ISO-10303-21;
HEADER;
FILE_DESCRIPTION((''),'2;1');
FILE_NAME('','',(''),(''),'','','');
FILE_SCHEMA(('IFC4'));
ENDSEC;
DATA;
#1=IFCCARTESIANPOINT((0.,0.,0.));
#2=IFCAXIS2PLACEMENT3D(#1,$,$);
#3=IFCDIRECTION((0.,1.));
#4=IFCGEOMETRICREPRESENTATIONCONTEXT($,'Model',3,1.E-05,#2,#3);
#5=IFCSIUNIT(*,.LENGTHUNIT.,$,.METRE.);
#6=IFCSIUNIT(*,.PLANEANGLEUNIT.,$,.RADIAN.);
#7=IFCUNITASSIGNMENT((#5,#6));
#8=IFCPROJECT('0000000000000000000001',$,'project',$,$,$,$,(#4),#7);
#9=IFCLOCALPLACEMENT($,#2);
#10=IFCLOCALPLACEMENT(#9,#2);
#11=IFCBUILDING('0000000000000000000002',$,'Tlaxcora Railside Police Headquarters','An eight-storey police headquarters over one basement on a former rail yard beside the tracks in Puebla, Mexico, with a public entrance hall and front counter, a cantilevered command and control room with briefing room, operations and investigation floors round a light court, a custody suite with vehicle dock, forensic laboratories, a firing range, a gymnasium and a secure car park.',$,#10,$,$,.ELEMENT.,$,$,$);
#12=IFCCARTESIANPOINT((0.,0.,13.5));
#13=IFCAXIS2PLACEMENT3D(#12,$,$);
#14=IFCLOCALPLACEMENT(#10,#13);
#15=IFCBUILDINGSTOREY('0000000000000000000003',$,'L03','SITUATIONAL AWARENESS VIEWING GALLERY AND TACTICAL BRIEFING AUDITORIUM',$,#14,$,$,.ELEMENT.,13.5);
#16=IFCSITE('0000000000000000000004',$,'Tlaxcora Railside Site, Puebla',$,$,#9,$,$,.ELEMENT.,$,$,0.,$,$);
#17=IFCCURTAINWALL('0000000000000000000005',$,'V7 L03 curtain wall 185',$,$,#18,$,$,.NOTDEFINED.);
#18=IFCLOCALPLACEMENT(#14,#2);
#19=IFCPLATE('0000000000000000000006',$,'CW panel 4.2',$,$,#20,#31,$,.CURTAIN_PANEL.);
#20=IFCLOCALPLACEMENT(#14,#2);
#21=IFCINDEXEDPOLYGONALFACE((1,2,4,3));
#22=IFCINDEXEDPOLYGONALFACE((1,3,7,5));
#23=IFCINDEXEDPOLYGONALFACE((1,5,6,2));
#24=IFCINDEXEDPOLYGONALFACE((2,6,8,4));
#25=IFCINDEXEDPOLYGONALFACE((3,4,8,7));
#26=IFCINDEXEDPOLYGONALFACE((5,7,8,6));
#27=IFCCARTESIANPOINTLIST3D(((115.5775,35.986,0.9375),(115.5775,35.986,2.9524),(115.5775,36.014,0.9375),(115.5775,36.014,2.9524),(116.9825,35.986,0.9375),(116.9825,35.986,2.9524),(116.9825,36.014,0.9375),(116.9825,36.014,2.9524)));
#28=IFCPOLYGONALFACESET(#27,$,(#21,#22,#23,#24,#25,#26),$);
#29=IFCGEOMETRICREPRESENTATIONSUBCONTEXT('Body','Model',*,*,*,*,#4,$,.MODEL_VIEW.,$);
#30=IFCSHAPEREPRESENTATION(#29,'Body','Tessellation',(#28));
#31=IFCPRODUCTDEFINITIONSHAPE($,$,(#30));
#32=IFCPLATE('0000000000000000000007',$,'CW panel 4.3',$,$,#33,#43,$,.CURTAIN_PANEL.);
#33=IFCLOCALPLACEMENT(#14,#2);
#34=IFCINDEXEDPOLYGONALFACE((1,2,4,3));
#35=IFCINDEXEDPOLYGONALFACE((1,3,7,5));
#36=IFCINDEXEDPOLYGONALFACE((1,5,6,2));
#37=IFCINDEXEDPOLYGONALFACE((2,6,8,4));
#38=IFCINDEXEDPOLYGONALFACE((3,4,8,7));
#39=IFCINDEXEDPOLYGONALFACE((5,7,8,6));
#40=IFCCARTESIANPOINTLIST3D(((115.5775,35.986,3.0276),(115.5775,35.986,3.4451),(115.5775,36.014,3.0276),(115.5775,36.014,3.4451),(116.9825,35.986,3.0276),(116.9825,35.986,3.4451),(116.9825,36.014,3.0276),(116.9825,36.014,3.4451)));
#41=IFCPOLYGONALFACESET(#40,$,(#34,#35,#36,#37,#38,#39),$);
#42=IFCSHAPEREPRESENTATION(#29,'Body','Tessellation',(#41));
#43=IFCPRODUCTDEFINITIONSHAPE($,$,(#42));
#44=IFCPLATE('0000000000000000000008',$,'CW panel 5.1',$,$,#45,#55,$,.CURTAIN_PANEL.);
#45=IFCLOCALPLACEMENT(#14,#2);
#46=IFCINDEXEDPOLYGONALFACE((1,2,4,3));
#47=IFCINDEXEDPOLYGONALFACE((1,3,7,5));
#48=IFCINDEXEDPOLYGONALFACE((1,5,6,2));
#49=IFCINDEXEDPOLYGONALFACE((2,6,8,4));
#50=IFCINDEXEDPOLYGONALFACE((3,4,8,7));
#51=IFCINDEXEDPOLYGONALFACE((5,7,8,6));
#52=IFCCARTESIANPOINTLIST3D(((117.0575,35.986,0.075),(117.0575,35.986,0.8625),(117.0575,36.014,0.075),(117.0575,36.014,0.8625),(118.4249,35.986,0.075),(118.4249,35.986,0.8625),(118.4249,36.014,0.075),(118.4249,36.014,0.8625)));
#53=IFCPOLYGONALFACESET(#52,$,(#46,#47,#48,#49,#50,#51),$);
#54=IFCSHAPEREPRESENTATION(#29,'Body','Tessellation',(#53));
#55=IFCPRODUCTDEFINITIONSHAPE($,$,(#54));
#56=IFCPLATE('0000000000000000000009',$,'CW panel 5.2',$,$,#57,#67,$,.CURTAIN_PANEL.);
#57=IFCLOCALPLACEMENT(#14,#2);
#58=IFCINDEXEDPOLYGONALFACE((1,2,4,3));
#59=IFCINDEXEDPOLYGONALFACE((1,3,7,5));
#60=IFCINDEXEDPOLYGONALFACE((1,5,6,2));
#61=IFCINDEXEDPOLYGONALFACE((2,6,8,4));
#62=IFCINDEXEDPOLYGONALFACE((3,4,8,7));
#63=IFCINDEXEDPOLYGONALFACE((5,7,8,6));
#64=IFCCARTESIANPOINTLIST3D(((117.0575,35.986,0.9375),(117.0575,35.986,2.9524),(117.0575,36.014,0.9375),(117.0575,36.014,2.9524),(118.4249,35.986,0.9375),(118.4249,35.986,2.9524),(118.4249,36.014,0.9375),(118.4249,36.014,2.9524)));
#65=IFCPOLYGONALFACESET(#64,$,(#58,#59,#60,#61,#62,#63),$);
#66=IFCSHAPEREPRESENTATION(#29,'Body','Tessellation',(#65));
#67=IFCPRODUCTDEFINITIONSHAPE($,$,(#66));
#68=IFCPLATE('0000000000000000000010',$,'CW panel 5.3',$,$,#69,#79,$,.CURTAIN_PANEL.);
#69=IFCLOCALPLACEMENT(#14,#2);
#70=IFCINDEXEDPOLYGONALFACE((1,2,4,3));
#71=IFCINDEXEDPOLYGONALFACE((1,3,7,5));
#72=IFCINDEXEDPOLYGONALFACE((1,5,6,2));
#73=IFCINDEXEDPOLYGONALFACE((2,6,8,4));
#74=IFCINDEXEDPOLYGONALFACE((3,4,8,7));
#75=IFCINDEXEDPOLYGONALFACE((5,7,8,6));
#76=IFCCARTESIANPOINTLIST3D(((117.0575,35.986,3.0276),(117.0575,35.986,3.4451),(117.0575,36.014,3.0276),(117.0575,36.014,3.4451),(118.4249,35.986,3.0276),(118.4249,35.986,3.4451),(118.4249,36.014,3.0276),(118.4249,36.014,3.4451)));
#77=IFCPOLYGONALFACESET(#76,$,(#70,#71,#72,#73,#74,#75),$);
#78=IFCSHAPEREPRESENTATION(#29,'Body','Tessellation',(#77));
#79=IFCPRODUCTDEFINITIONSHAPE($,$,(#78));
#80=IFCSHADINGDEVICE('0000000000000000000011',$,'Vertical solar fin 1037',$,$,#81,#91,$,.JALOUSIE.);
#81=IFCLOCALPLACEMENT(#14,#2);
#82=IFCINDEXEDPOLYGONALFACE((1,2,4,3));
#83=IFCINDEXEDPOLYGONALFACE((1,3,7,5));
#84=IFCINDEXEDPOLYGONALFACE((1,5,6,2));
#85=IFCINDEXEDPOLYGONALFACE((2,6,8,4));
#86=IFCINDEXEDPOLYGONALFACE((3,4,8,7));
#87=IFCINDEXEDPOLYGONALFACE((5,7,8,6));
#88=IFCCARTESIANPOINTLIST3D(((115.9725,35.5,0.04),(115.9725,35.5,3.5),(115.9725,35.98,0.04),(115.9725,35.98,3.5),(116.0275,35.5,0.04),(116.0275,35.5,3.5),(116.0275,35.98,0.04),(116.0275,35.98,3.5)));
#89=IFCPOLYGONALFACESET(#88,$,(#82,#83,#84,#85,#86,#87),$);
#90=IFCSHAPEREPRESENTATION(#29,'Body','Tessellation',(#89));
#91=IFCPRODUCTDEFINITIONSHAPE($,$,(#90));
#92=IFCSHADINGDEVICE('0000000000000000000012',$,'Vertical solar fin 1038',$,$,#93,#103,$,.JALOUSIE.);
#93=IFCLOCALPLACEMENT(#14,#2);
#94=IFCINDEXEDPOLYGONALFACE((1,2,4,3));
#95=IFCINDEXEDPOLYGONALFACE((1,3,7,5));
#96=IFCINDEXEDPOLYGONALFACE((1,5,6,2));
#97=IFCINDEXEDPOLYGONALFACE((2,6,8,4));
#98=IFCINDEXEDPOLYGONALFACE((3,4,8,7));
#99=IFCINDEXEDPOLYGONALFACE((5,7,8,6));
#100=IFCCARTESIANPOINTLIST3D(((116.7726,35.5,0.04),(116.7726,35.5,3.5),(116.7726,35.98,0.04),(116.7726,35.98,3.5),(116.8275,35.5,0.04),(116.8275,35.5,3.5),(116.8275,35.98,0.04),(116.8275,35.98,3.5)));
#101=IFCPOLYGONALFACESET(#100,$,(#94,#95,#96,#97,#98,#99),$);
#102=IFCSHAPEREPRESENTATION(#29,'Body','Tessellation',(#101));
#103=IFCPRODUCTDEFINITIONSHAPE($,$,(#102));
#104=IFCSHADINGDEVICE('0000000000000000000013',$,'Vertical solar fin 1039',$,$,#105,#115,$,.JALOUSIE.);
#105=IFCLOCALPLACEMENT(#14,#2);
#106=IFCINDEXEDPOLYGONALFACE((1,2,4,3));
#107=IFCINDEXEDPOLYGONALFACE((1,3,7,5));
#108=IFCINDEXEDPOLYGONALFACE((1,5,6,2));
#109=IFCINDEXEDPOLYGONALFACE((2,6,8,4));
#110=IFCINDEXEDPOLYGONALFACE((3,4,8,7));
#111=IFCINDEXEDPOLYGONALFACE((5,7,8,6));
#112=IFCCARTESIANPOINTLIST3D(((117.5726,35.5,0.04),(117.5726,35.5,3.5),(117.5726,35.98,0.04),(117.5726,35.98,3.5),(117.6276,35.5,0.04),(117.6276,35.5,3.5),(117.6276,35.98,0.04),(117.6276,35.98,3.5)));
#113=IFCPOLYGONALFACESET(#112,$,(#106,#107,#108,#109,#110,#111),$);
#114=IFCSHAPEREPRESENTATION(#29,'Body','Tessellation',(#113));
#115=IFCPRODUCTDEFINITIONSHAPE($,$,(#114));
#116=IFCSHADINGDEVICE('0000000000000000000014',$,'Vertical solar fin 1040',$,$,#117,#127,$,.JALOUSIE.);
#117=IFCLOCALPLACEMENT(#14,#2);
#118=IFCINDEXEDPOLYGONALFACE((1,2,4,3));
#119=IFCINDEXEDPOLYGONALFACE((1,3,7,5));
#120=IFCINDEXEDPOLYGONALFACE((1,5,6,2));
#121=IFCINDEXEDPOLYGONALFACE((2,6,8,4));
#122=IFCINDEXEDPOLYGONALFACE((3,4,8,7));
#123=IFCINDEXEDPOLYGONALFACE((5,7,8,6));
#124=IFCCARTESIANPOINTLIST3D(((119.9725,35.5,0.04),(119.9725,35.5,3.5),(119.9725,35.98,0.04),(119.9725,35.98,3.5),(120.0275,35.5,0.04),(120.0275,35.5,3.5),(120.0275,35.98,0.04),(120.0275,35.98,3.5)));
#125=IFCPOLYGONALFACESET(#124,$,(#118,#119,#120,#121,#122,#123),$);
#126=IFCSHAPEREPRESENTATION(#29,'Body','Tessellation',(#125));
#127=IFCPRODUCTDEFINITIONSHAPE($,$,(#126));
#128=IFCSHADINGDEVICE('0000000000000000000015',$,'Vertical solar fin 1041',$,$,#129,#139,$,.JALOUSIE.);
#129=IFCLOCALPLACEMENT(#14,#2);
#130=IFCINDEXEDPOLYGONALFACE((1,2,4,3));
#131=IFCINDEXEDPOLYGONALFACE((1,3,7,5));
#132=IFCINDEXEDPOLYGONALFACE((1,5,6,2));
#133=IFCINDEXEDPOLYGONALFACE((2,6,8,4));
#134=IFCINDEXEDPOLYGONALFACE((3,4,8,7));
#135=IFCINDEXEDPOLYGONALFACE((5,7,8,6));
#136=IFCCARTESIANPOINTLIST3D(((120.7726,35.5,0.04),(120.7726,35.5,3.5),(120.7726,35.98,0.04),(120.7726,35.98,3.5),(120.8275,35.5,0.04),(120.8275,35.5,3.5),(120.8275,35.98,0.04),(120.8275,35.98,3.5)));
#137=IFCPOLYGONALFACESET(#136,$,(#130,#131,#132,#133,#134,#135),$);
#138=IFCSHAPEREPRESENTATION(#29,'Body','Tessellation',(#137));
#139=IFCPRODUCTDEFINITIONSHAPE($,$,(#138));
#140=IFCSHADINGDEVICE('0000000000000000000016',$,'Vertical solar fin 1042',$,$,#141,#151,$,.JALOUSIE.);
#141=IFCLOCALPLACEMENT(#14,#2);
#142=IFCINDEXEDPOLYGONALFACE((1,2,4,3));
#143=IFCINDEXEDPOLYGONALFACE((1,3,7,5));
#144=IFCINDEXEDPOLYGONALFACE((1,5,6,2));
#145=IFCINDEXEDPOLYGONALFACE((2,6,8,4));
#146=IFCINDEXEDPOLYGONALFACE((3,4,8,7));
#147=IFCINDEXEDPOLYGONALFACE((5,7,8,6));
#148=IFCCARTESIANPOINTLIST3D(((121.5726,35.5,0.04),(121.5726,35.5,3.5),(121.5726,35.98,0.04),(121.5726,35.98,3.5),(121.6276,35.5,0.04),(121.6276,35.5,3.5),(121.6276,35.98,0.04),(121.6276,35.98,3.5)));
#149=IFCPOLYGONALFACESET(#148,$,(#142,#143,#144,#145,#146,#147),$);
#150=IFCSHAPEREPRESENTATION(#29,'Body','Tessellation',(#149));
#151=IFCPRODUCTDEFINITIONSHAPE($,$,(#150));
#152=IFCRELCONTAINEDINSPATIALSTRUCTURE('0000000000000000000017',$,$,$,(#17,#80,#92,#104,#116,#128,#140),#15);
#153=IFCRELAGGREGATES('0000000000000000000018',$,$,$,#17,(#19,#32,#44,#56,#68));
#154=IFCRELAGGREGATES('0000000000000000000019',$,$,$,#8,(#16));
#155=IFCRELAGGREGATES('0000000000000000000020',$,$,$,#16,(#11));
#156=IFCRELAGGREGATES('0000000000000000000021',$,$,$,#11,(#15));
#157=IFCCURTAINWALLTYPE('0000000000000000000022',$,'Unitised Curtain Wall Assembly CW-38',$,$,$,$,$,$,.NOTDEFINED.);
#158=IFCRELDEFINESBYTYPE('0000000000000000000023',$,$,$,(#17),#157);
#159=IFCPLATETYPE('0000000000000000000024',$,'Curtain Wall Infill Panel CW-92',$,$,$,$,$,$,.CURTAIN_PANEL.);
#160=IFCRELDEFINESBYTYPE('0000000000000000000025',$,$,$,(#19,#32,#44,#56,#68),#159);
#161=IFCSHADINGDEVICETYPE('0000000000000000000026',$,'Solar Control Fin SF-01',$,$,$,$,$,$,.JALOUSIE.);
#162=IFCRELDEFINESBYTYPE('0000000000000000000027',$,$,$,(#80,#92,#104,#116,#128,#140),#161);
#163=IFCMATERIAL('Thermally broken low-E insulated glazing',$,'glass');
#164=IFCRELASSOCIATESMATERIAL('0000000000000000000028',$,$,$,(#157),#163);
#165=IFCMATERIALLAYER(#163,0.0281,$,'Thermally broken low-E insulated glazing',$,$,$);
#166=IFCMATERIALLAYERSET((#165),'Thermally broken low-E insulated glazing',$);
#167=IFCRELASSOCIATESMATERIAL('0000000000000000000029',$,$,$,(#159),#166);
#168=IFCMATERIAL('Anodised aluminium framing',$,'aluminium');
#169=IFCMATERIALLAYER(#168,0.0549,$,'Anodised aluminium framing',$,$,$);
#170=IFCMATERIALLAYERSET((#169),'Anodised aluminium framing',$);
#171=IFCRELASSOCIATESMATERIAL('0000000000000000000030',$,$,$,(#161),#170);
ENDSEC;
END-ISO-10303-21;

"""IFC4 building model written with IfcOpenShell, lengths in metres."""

from ifc_helpers import new_model, si_unit, direction, frame, origin, origin_2d, place, context, subcontext, project, spatial, rectangle, extrude, material, layer, layer_set, type_object, element, aggregate, save


model = new_model("IFC4")

# Units and contexts
model_context = context("Model", 3, precision=1e-05, world=origin(), true_north=direction((0.0, 1.0)))
body_context = subcontext(model_context, "Body", "Model", "MODEL_VIEW")
ifc_project = project(units=[si_unit("LENGTHUNIT", "METRE"), si_unit("PLANEANGLEUNIT", "RADIAN")], contexts=[model_context])

# Site, building, storey
site_placement = place(None, origin())
site = spatial("IfcSite", under=ifc_project, at=site_placement, Name="Tlaxcora Railside Site, Puebla", CompositionType="ELEMENT", RefElevation=0.0)
building_placement = place(site_placement, origin())
building = spatial("IfcBuilding", under=site, at=building_placement, Name="Tlaxcora Railside Police Headquarters", Description="An eight-storey police headquarters over one basement on a former rail yard beside the tracks in Puebla, Mexico, with a public entrance hall and front counter, a cantilevered command and control room with briefing room, operations and investigation floors round a light court, a custody suite with vehicle dock, forensic laboratories, a firing range, a gymnasium and a secure car park.", CompositionType="ELEMENT")
storey_placement = place(building_placement, frame((0.0, 0.0, 13.5)))
storey = spatial("IfcBuildingStorey", under=building, at=storey_placement, Name="L03", Description="SITUATIONAL AWARENESS VIEWING GALLERY AND TACTICAL BRIEFING AUDITORIUM", CompositionType="ELEMENT", Elevation=13.5)

# Curtain wall
ifc_material_1 = material(Name="Thermally broken low-E insulated glazing", Category="glass")
curtain_wall_type_1 = type_object("IfcCurtainWallType", Name="Unitised Curtain Wall Assembly CW-38", PredefinedType="NOTDEFINED", material=ifc_material_1)
curtain_wall_1_placement = place(storey_placement, origin())
curtain_wall_1 = element("IfcCurtainWall", 1, at=curtain_wall_1_placement, inside=storey, type_object=curtain_wall_type_1, Name="V7 L03 curtain wall 185", PredefinedType="NOTDEFINED")
ifc_material_2 = material(Name="Anodised aluminium framing", Category="aluminium")

# Plates
ifc_layer_1 = layer(ifc_material_1, 0.0281, Name="Thermally broken low-E insulated glazing")
ifc_layer_set_1 = layer_set([ifc_layer_1], Name="Thermally broken low-E insulated glazing")
plate_type_1 = type_object("IfcPlateType", Name="Curtain Wall Infill Panel CW-92", PredefinedType="CURTAIN_PANEL", material=ifc_layer_set_1)
plate_1_placement = place(storey_placement, frame((116.28, 36.0, 0.9375), z_axis=(0.0, 0.0, 1.0), x_axis=(1.0, 0.0, 0.0)))
plate_1 = element("IfcPlate", 2, at=plate_1_placement, type_object=plate_type_1, Name="CW panel 4.2", PredefinedType="CURTAIN_PANEL", context=body_context, shape_type="SweptSolid", body=[
    extrude(rectangle(XDim=1.405, YDim=0.0281, at=origin_2d()), origin(), (0.0, 0.0, 1.0), 2.0149),
])
plate_2_placement = place(storey_placement, frame((116.28, 36.0, 3.0276), z_axis=(0.0, 0.0, 1.0), x_axis=(1.0, 0.0, 0.0)))
plate_2 = element("IfcPlate", 3, at=plate_2_placement, type_object=plate_type_1, Name="CW panel 4.3", PredefinedType="CURTAIN_PANEL", context=body_context, shape_type="SweptSolid", body=[
    extrude(rectangle(XDim=1.405, YDim=0.0281, at=origin_2d()), origin(), (0.0, 0.0, 1.0), 0.4175),
])
plate_3_placement = place(storey_placement, frame((117.7412, 36.0, 0.075), z_axis=(0.0, 0.0, 1.0), x_axis=(1.0, 0.0, 0.0)))
plate_3 = element("IfcPlate", 4, at=plate_3_placement, type_object=plate_type_1, Name="CW panel 5.1", PredefinedType="CURTAIN_PANEL", context=body_context, shape_type="SweptSolid", body=[
    extrude(rectangle(XDim=1.3674, YDim=0.0281, at=origin_2d()), origin(), (0.0, 0.0, 1.0), 0.7876),
])
plate_4_placement = place(storey_placement, frame((117.7412, 36.0, 0.9375), z_axis=(0.0, 0.0, 1.0), x_axis=(1.0, 0.0, 0.0)))
plate_4 = element("IfcPlate", 5, at=plate_4_placement, type_object=plate_type_1, Name="CW panel 5.2", PredefinedType="CURTAIN_PANEL", context=body_context, shape_type="SweptSolid", body=[
    extrude(rectangle(XDim=1.3674, YDim=0.0281, at=origin_2d()), origin(), (0.0, 0.0, 1.0), 2.0149),
])
plate_5_placement = place(storey_placement, frame((117.7412, 36.0, 3.0276), z_axis=(0.0, 0.0, 1.0), x_axis=(1.0, 0.0, 0.0)))
plate_5 = element("IfcPlate", 6, at=plate_5_placement, type_object=plate_type_1, Name="CW panel 5.3", PredefinedType="CURTAIN_PANEL", context=body_context, shape_type="SweptSolid", body=[
    extrude(rectangle(XDim=1.3674, YDim=0.0281, at=origin_2d()), origin(), (0.0, 0.0, 1.0), 0.4175),
])
aggregate(curtain_wall_1, [plate_1, plate_2, plate_3, plate_4, plate_5])

# Shading devices
ifc_layer_2 = layer(ifc_material_2, 0.0549, Name="Anodised aluminium framing")
ifc_layer_set_2 = layer_set([ifc_layer_2], Name="Anodised aluminium framing")
shading_device_type = type_object("IfcShadingDeviceType", Name="Solar Control Fin SF-01", PredefinedType="JALOUSIE", material=ifc_layer_set_2)
for number, where, z_axis, x_axis, name in (
    (7, (116.0, 35.74, 0.04), (0.0, 0.0, 1.0), (0.0, -1.0, 0.0), "Vertical solar fin 1037"),
    (8, (116.8, 35.74, 0.04), (0.0, 0.0, 1.0), (0.0, -1.0, 0.0), "Vertical solar fin 1038"),
    (9, (117.6001, 35.74, 0.04), (0.0, 0.0, 1.0), (0.0, -1.0, 0.0), "Vertical solar fin 1039"),
    (10, (120.0, 35.74, 0.04), (0.0, 0.0, 1.0), (0.0, -1.0, 0.0), "Vertical solar fin 1040"),
    (11, (120.8, 35.74, 0.04), (0.0, 0.0, 1.0), (0.0, -1.0, 0.0), "Vertical solar fin 1041"),
    (12, (121.6001, 35.74, 0.04), (0.0, 0.0, 1.0), (0.0, -1.0, 0.0), "Vertical solar fin 1042"),
):
    element("IfcShadingDevice", number, at=place(storey_placement, frame(where, z_axis=z_axis, x_axis=x_axis)), inside=storey, type_object=shading_device_type, Name=name, PredefinedType="JALOUSIE", context=body_context, shape_type="SweptSolid", body=[
        extrude(rectangle(XDim=0.48, YDim=0.0549, at=origin_2d()), origin(), (0.0, 0.0, 1.0), 3.46),
    ])

save(model, "model.ifc")
